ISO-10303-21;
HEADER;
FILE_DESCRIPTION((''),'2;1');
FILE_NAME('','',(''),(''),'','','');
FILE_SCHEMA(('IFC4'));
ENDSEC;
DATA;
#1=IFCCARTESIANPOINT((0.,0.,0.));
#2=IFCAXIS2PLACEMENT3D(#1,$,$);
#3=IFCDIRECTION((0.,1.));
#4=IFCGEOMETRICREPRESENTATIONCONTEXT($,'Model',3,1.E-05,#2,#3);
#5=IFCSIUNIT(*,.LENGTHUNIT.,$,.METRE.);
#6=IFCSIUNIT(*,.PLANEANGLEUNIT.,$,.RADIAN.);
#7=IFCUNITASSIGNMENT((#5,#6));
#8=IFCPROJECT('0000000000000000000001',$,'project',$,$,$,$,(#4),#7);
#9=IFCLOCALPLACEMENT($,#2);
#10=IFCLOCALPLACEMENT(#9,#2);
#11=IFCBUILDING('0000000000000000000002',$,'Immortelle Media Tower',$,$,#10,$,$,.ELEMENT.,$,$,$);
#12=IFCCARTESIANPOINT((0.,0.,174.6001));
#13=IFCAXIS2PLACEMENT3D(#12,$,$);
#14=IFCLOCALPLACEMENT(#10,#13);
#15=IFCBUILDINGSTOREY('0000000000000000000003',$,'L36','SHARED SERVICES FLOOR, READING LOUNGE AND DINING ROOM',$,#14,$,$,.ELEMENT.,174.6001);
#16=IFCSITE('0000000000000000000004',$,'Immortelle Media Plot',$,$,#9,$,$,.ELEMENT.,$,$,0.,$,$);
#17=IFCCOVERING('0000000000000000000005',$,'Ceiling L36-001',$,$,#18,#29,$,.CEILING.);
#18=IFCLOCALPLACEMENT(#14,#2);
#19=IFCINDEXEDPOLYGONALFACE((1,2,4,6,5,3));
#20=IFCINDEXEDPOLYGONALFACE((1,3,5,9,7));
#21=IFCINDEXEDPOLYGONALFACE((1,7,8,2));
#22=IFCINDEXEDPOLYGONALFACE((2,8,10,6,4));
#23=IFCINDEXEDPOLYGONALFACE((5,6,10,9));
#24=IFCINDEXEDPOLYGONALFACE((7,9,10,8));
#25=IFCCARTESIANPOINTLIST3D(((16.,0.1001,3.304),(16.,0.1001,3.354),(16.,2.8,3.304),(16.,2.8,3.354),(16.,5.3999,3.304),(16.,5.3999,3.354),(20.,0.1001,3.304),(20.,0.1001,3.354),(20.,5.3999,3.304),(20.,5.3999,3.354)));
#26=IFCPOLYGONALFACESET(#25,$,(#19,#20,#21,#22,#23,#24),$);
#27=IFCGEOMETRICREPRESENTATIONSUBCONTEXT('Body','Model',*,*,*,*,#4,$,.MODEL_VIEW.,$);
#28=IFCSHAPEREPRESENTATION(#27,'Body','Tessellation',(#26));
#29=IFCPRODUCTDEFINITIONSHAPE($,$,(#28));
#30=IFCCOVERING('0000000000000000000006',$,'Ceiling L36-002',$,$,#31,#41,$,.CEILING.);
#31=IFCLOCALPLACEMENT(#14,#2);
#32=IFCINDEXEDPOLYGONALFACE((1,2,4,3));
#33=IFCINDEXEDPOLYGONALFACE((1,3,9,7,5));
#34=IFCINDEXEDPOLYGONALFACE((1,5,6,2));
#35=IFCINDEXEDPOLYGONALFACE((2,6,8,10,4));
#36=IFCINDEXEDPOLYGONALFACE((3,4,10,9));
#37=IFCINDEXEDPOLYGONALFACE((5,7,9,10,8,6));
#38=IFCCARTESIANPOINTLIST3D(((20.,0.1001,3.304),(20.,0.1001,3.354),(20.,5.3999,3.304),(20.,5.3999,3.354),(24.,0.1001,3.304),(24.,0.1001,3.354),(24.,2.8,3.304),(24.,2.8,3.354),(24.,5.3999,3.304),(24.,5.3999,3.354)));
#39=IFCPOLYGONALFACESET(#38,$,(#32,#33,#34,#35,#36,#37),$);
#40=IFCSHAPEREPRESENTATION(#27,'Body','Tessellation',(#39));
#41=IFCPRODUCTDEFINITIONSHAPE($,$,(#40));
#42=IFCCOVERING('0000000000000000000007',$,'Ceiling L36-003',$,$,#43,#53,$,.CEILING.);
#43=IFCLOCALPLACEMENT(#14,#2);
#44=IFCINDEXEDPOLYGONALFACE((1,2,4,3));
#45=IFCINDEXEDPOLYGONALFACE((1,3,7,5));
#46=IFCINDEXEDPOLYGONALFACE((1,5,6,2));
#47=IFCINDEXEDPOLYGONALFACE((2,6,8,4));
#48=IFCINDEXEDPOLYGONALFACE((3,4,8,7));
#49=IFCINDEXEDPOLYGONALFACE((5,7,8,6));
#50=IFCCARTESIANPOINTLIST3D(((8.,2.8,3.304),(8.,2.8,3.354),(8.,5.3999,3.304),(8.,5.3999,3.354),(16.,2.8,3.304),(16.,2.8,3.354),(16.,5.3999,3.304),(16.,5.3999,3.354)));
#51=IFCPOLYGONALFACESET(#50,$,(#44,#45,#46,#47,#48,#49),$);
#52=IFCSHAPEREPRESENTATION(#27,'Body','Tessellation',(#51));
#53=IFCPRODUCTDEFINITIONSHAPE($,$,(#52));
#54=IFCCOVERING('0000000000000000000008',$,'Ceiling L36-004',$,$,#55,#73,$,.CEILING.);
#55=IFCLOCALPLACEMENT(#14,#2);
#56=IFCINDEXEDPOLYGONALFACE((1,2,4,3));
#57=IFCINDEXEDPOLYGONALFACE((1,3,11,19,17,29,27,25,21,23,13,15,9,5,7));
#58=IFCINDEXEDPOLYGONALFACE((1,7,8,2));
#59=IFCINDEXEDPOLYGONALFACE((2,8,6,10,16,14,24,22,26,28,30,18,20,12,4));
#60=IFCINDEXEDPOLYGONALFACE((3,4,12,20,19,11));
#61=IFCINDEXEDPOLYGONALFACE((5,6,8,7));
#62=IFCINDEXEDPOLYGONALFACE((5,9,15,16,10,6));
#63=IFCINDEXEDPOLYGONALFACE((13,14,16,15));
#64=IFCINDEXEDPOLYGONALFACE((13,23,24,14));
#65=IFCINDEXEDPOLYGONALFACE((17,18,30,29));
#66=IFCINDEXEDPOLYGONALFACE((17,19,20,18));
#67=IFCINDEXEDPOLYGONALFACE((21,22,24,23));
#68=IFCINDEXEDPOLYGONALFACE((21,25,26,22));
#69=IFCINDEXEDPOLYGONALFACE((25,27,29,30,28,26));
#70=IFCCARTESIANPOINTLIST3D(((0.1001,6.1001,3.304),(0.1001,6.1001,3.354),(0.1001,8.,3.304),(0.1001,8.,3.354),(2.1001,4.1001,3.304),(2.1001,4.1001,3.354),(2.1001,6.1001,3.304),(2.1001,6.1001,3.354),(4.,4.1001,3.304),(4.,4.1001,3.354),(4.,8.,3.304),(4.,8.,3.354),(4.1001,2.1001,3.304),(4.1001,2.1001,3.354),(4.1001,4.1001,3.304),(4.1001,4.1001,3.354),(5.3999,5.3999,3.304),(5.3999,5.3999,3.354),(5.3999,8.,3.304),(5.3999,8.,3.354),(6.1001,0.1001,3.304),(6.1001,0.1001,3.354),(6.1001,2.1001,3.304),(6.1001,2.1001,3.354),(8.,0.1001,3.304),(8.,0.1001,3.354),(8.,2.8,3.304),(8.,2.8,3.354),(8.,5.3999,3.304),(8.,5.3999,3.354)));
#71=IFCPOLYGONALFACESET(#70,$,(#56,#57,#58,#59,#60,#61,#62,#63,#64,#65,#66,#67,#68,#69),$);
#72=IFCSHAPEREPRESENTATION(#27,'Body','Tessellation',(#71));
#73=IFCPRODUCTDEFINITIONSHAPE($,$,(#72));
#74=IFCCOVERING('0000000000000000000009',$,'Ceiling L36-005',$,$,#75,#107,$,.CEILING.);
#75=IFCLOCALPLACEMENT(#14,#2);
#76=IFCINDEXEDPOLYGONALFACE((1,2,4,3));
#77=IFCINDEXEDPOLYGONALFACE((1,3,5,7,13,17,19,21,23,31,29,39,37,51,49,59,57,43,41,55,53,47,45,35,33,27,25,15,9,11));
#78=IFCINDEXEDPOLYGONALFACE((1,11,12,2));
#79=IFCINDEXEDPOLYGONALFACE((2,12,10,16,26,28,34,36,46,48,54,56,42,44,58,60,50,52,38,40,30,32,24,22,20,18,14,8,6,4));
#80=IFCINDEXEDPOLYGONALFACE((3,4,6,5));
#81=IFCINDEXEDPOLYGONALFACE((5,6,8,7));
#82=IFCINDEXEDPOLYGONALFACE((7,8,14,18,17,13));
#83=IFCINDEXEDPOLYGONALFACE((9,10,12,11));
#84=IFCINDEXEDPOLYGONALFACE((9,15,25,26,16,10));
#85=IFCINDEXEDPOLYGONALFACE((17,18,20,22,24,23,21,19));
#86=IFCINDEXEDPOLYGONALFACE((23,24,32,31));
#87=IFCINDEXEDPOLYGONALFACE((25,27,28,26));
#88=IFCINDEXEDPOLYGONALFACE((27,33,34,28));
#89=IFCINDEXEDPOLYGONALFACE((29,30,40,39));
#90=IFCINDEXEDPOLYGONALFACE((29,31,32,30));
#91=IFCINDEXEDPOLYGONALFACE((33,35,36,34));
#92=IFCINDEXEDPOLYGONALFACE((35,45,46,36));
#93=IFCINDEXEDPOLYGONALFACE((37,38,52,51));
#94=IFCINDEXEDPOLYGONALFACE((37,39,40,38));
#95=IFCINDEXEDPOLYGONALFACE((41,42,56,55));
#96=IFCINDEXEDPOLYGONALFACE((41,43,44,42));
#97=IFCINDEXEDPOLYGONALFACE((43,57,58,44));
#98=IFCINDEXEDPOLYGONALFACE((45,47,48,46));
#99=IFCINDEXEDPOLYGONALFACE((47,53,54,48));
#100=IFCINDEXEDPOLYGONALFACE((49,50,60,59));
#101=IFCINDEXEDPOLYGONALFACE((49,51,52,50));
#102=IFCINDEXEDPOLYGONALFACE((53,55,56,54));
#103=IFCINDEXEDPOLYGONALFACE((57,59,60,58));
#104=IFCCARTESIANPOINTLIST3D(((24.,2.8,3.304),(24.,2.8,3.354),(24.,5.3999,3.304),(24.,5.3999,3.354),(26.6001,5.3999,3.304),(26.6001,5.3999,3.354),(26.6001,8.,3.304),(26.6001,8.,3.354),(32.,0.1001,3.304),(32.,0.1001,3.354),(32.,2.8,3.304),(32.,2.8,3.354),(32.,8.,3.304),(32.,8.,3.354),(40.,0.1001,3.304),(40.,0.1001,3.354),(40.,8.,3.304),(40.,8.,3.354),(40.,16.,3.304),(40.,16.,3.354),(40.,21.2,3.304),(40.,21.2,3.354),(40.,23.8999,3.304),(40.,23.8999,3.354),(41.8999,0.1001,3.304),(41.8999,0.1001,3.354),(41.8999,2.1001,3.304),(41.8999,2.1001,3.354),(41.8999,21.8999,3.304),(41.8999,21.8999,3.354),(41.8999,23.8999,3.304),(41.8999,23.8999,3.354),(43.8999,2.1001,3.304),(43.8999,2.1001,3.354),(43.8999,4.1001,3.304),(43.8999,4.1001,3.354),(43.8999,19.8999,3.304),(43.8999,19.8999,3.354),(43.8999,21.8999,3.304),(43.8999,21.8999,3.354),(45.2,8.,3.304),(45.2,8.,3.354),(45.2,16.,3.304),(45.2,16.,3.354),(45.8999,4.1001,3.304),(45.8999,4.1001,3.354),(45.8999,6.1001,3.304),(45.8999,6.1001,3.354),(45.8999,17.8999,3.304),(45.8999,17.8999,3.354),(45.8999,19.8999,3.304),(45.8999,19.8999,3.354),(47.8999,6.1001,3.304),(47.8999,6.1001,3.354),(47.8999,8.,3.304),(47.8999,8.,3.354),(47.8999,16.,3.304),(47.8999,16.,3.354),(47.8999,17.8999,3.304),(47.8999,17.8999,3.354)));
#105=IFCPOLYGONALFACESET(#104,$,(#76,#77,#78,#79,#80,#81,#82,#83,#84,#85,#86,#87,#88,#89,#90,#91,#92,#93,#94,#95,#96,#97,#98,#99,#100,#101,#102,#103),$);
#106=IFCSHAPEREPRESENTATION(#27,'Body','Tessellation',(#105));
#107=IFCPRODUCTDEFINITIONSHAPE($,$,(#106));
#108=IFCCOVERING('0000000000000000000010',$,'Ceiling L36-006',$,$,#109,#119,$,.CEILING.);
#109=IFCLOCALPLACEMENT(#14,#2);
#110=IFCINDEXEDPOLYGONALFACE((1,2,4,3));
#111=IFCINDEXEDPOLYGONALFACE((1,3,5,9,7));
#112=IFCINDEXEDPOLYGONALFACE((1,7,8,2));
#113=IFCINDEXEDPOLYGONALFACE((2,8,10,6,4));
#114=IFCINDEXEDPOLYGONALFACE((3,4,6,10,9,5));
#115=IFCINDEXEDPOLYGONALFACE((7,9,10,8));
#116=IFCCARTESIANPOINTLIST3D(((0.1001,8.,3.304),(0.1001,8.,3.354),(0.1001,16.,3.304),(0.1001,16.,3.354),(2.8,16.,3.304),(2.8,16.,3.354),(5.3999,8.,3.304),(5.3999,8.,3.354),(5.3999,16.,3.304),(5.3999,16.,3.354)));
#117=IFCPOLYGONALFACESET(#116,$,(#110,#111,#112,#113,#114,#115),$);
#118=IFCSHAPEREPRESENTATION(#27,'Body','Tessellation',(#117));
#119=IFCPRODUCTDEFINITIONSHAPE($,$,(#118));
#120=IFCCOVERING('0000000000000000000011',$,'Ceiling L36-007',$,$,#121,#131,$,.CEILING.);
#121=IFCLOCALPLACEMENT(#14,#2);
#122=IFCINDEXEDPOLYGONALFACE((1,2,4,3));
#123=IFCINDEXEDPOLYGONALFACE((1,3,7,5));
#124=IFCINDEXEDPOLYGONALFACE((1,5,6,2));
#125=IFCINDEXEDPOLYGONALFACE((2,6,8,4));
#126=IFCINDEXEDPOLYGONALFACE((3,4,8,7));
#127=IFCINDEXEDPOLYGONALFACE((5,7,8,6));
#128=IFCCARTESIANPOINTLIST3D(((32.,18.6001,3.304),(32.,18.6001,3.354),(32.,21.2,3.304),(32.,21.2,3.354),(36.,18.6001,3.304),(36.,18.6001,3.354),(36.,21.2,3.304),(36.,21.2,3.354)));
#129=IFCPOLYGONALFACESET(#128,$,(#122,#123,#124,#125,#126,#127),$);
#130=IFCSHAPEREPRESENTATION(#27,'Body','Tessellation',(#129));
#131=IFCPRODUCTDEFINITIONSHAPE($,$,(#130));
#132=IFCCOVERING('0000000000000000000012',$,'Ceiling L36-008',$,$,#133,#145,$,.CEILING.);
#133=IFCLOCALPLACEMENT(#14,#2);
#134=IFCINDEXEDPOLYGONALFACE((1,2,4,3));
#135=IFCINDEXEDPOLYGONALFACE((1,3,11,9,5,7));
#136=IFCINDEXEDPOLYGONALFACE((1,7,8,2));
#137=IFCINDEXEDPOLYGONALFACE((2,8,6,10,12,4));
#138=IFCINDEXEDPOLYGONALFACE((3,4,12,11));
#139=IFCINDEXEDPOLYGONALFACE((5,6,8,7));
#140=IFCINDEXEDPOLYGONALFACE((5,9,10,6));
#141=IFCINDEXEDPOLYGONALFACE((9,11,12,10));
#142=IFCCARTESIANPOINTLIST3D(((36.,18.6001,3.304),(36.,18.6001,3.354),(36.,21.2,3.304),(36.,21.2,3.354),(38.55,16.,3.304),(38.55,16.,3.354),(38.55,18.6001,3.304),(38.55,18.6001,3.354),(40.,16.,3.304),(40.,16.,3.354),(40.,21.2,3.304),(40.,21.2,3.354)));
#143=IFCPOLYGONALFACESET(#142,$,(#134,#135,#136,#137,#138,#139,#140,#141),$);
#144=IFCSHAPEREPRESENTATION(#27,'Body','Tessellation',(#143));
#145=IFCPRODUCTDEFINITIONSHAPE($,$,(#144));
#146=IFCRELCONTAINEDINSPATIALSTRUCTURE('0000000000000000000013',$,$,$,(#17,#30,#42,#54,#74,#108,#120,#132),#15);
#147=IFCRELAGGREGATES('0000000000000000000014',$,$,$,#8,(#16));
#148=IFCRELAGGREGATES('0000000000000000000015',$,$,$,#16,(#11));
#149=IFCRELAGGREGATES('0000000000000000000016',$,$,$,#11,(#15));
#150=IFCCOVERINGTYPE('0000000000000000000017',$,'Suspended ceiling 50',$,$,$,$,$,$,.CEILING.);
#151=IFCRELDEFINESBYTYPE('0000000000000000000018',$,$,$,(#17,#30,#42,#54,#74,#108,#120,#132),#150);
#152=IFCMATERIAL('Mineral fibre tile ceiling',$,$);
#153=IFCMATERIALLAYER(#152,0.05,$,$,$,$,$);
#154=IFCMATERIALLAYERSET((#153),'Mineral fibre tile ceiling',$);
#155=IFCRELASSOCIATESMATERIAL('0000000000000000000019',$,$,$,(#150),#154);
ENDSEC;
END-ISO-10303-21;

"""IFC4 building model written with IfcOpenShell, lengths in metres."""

from ifc_helpers import new_model, si_unit, direction, frame, origin, place, context, subcontext, project, spatial, polyline, outline, extrude, material, layer, layer_set, type_object, element, save


model = new_model("IFC4")

# Units and contexts
model_context = context("Model", 3, precision=1e-05, world=origin(), true_north=direction((0.0, 1.0)))
body_context = subcontext(model_context, "Body", "Model", "MODEL_VIEW")
ifc_project = project(units=[si_unit("LENGTHUNIT", "METRE"), si_unit("PLANEANGLEUNIT", "RADIAN")], contexts=[model_context])

# Site, building, storey
site_placement = place(None, origin())
site = spatial("IfcSite", under=ifc_project, at=site_placement, Name="Immortelle Media Plot", CompositionType="ELEMENT", RefElevation=0.0)
building_placement = place(site_placement, origin())
building = spatial("IfcBuilding", under=site, at=building_placement, Name="Immortelle Media Tower", CompositionType="ELEMENT")
storey_placement = place(building_placement, frame((0.0, 0.0, 174.6001)))
storey = spatial("IfcBuildingStorey", under=building, at=storey_placement, Name="L36", Description="SHARED SERVICES FLOOR, READING LOUNGE AND DINING ROOM", CompositionType="ELEMENT", Elevation=174.6001)

# Coverings
ifc_material_1 = material(Name="Mineral fibre tile ceiling")
ifc_layer_1 = layer(ifc_material_1, 0.05)
ifc_layer_set_1 = layer_set([ifc_layer_1], Name="Mineral fibre tile ceiling")
covering_type = type_object("IfcCoveringType", Name="Suspended ceiling 50", PredefinedType="CEILING", material=ifc_layer_set_1)
covering_1_placement = place(storey_placement, frame((0.0, 0.0, 3.304)))
element("IfcCovering", 1, at=covering_1_placement, inside=storey, type_object=covering_type, Name="Ceiling L36-001", PredefinedType="CEILING", context=body_context, shape_type="SweptSolid", body=[
    extrude(outline(polyline([(16.0, 2.8), (16.0, 5.3999), (20.0, 5.3999), (20.0, 0.1001), (16.0, 0.1001), (16.0, 2.8)])), origin(), (0.0, 0.0, 1.0), 0.05),
])
covering_2_placement = place(storey_placement, frame((0.0, 0.0, 3.304)))
element("IfcCovering", 2, at=covering_2_placement, inside=storey, type_object=covering_type, Name="Ceiling L36-002", PredefinedType="CEILING", context=body_context, shape_type="SweptSolid", body=[
    extrude(outline(polyline([(24.0, 5.3999), (24.0, 2.8), (24.0, 0.1001), (20.0, 0.1001), (20.0, 5.3999), (24.0, 5.3999)])), origin(), (0.0, 0.0, 1.0), 0.05),
])
covering_3_placement = place(storey_placement, frame((0.0, 0.0, 3.304)))
element("IfcCovering", 3, at=covering_3_placement, inside=storey, type_object=covering_type, Name="Ceiling L36-003", PredefinedType="CEILING", context=body_context, shape_type="SweptSolid", body=[
    extrude(outline(polyline([(8.0, 2.8), (8.0, 5.3999), (16.0, 5.3999), (16.0, 2.8), (8.0, 2.8)])), origin(), (0.0, 0.0, 1.0), 0.05),
])
covering_4_placement = place(storey_placement, frame((0.0, 0.0, 3.304)))
element("IfcCovering", 4, at=covering_4_placement, inside=storey, type_object=covering_type, Name="Ceiling L36-004", PredefinedType="CEILING", context=body_context, shape_type="SweptSolid", body=[
    extrude(outline(polyline([(4.1001, 2.1001), (4.1001, 4.1001), (4.0, 4.1001), (2.1001, 4.1001), (2.1001, 6.1001), (0.1001, 6.1001), (0.1001, 8.0), (4.0, 8.0), (5.3999, 8.0), (5.3999, 5.3999), (8.0, 5.3999), (8.0, 2.8), (8.0, 0.1001), (6.1001, 0.1001), (6.1001, 2.1001), (4.1001, 2.1001)])), origin(), (0.0, 0.0, 1.0), 0.05),
])
covering_5_placement = place(storey_placement, frame((0.0, 0.0, 3.304)))
element("IfcCovering", 5, at=covering_5_placement, inside=storey, type_object=covering_type, Name="Ceiling L36-005", PredefinedType="CEILING", context=body_context, shape_type="SweptSolid", body=[
    extrude(outline(polyline([(26.6001, 5.3999), (26.6001, 8.0), (32.0, 8.0), (40.0, 8.0), (40.0, 16.0), (40.0, 21.2), (40.0, 23.8999), (41.8999, 23.8999), (41.8999, 21.8999), (43.8999, 21.8999), (43.8999, 19.8999), (45.8999, 19.8999), (45.8999, 17.8999), (47.8999, 17.8999), (47.8999, 16.0), (45.2, 16.0), (45.2, 8.0), (47.8999, 8.0), (47.8999, 6.1001), (45.8999, 6.1001), (45.8999, 4.1001), (43.8999, 4.1001), (43.8999, 2.1001), (41.8999, 2.1001), (41.8999, 0.1001), (40.0, 0.1001), (32.0, 0.1001), (32.0, 2.8), (24.0, 2.8), (24.0, 5.3999), (26.6001, 5.3999)])), origin(), (0.0, 0.0, 1.0), 0.05),
])
covering_6_placement = place(storey_placement, frame((0.0, 0.0, 3.304)))
element("IfcCovering", 6, at=covering_6_placement, inside=storey, type_object=covering_type, Name="Ceiling L36-006", PredefinedType="CEILING", context=body_context, shape_type="SweptSolid", body=[
    extrude(outline(polyline([(5.3999, 8.0), (0.1001, 8.0), (0.1001, 16.0), (2.8, 16.0), (5.3999, 16.0), (5.3999, 8.0)])), origin(), (0.0, 0.0, 1.0), 0.05),
])
covering_7_placement = place(storey_placement, frame((0.0, 0.0, 3.304)))
element("IfcCovering", 7, at=covering_7_placement, inside=storey, type_object=covering_type, Name="Ceiling L36-007", PredefinedType="CEILING", context=body_context, shape_type="SweptSolid", body=[
    extrude(outline(polyline([(32.0, 18.6001), (32.0, 21.2), (36.0, 21.2), (36.0, 18.6001), (32.0, 18.6001)])), origin(), (0.0, 0.0, 1.0), 0.05),
])
covering_8_placement = place(storey_placement, frame((0.0, 0.0, 3.304)))
element("IfcCovering", 8, at=covering_8_placement, inside=storey, type_object=covering_type, Name="Ceiling L36-008", PredefinedType="CEILING", context=body_context, shape_type="SweptSolid", body=[
    extrude(outline(polyline([(38.55, 18.6001), (36.0, 18.6001), (36.0, 21.2), (40.0, 21.2), (40.0, 16.0), (38.55, 16.0), (38.55, 18.6001)])), origin(), (0.0, 0.0, 1.0), 0.05),
])

save(model, "model.ifc")
